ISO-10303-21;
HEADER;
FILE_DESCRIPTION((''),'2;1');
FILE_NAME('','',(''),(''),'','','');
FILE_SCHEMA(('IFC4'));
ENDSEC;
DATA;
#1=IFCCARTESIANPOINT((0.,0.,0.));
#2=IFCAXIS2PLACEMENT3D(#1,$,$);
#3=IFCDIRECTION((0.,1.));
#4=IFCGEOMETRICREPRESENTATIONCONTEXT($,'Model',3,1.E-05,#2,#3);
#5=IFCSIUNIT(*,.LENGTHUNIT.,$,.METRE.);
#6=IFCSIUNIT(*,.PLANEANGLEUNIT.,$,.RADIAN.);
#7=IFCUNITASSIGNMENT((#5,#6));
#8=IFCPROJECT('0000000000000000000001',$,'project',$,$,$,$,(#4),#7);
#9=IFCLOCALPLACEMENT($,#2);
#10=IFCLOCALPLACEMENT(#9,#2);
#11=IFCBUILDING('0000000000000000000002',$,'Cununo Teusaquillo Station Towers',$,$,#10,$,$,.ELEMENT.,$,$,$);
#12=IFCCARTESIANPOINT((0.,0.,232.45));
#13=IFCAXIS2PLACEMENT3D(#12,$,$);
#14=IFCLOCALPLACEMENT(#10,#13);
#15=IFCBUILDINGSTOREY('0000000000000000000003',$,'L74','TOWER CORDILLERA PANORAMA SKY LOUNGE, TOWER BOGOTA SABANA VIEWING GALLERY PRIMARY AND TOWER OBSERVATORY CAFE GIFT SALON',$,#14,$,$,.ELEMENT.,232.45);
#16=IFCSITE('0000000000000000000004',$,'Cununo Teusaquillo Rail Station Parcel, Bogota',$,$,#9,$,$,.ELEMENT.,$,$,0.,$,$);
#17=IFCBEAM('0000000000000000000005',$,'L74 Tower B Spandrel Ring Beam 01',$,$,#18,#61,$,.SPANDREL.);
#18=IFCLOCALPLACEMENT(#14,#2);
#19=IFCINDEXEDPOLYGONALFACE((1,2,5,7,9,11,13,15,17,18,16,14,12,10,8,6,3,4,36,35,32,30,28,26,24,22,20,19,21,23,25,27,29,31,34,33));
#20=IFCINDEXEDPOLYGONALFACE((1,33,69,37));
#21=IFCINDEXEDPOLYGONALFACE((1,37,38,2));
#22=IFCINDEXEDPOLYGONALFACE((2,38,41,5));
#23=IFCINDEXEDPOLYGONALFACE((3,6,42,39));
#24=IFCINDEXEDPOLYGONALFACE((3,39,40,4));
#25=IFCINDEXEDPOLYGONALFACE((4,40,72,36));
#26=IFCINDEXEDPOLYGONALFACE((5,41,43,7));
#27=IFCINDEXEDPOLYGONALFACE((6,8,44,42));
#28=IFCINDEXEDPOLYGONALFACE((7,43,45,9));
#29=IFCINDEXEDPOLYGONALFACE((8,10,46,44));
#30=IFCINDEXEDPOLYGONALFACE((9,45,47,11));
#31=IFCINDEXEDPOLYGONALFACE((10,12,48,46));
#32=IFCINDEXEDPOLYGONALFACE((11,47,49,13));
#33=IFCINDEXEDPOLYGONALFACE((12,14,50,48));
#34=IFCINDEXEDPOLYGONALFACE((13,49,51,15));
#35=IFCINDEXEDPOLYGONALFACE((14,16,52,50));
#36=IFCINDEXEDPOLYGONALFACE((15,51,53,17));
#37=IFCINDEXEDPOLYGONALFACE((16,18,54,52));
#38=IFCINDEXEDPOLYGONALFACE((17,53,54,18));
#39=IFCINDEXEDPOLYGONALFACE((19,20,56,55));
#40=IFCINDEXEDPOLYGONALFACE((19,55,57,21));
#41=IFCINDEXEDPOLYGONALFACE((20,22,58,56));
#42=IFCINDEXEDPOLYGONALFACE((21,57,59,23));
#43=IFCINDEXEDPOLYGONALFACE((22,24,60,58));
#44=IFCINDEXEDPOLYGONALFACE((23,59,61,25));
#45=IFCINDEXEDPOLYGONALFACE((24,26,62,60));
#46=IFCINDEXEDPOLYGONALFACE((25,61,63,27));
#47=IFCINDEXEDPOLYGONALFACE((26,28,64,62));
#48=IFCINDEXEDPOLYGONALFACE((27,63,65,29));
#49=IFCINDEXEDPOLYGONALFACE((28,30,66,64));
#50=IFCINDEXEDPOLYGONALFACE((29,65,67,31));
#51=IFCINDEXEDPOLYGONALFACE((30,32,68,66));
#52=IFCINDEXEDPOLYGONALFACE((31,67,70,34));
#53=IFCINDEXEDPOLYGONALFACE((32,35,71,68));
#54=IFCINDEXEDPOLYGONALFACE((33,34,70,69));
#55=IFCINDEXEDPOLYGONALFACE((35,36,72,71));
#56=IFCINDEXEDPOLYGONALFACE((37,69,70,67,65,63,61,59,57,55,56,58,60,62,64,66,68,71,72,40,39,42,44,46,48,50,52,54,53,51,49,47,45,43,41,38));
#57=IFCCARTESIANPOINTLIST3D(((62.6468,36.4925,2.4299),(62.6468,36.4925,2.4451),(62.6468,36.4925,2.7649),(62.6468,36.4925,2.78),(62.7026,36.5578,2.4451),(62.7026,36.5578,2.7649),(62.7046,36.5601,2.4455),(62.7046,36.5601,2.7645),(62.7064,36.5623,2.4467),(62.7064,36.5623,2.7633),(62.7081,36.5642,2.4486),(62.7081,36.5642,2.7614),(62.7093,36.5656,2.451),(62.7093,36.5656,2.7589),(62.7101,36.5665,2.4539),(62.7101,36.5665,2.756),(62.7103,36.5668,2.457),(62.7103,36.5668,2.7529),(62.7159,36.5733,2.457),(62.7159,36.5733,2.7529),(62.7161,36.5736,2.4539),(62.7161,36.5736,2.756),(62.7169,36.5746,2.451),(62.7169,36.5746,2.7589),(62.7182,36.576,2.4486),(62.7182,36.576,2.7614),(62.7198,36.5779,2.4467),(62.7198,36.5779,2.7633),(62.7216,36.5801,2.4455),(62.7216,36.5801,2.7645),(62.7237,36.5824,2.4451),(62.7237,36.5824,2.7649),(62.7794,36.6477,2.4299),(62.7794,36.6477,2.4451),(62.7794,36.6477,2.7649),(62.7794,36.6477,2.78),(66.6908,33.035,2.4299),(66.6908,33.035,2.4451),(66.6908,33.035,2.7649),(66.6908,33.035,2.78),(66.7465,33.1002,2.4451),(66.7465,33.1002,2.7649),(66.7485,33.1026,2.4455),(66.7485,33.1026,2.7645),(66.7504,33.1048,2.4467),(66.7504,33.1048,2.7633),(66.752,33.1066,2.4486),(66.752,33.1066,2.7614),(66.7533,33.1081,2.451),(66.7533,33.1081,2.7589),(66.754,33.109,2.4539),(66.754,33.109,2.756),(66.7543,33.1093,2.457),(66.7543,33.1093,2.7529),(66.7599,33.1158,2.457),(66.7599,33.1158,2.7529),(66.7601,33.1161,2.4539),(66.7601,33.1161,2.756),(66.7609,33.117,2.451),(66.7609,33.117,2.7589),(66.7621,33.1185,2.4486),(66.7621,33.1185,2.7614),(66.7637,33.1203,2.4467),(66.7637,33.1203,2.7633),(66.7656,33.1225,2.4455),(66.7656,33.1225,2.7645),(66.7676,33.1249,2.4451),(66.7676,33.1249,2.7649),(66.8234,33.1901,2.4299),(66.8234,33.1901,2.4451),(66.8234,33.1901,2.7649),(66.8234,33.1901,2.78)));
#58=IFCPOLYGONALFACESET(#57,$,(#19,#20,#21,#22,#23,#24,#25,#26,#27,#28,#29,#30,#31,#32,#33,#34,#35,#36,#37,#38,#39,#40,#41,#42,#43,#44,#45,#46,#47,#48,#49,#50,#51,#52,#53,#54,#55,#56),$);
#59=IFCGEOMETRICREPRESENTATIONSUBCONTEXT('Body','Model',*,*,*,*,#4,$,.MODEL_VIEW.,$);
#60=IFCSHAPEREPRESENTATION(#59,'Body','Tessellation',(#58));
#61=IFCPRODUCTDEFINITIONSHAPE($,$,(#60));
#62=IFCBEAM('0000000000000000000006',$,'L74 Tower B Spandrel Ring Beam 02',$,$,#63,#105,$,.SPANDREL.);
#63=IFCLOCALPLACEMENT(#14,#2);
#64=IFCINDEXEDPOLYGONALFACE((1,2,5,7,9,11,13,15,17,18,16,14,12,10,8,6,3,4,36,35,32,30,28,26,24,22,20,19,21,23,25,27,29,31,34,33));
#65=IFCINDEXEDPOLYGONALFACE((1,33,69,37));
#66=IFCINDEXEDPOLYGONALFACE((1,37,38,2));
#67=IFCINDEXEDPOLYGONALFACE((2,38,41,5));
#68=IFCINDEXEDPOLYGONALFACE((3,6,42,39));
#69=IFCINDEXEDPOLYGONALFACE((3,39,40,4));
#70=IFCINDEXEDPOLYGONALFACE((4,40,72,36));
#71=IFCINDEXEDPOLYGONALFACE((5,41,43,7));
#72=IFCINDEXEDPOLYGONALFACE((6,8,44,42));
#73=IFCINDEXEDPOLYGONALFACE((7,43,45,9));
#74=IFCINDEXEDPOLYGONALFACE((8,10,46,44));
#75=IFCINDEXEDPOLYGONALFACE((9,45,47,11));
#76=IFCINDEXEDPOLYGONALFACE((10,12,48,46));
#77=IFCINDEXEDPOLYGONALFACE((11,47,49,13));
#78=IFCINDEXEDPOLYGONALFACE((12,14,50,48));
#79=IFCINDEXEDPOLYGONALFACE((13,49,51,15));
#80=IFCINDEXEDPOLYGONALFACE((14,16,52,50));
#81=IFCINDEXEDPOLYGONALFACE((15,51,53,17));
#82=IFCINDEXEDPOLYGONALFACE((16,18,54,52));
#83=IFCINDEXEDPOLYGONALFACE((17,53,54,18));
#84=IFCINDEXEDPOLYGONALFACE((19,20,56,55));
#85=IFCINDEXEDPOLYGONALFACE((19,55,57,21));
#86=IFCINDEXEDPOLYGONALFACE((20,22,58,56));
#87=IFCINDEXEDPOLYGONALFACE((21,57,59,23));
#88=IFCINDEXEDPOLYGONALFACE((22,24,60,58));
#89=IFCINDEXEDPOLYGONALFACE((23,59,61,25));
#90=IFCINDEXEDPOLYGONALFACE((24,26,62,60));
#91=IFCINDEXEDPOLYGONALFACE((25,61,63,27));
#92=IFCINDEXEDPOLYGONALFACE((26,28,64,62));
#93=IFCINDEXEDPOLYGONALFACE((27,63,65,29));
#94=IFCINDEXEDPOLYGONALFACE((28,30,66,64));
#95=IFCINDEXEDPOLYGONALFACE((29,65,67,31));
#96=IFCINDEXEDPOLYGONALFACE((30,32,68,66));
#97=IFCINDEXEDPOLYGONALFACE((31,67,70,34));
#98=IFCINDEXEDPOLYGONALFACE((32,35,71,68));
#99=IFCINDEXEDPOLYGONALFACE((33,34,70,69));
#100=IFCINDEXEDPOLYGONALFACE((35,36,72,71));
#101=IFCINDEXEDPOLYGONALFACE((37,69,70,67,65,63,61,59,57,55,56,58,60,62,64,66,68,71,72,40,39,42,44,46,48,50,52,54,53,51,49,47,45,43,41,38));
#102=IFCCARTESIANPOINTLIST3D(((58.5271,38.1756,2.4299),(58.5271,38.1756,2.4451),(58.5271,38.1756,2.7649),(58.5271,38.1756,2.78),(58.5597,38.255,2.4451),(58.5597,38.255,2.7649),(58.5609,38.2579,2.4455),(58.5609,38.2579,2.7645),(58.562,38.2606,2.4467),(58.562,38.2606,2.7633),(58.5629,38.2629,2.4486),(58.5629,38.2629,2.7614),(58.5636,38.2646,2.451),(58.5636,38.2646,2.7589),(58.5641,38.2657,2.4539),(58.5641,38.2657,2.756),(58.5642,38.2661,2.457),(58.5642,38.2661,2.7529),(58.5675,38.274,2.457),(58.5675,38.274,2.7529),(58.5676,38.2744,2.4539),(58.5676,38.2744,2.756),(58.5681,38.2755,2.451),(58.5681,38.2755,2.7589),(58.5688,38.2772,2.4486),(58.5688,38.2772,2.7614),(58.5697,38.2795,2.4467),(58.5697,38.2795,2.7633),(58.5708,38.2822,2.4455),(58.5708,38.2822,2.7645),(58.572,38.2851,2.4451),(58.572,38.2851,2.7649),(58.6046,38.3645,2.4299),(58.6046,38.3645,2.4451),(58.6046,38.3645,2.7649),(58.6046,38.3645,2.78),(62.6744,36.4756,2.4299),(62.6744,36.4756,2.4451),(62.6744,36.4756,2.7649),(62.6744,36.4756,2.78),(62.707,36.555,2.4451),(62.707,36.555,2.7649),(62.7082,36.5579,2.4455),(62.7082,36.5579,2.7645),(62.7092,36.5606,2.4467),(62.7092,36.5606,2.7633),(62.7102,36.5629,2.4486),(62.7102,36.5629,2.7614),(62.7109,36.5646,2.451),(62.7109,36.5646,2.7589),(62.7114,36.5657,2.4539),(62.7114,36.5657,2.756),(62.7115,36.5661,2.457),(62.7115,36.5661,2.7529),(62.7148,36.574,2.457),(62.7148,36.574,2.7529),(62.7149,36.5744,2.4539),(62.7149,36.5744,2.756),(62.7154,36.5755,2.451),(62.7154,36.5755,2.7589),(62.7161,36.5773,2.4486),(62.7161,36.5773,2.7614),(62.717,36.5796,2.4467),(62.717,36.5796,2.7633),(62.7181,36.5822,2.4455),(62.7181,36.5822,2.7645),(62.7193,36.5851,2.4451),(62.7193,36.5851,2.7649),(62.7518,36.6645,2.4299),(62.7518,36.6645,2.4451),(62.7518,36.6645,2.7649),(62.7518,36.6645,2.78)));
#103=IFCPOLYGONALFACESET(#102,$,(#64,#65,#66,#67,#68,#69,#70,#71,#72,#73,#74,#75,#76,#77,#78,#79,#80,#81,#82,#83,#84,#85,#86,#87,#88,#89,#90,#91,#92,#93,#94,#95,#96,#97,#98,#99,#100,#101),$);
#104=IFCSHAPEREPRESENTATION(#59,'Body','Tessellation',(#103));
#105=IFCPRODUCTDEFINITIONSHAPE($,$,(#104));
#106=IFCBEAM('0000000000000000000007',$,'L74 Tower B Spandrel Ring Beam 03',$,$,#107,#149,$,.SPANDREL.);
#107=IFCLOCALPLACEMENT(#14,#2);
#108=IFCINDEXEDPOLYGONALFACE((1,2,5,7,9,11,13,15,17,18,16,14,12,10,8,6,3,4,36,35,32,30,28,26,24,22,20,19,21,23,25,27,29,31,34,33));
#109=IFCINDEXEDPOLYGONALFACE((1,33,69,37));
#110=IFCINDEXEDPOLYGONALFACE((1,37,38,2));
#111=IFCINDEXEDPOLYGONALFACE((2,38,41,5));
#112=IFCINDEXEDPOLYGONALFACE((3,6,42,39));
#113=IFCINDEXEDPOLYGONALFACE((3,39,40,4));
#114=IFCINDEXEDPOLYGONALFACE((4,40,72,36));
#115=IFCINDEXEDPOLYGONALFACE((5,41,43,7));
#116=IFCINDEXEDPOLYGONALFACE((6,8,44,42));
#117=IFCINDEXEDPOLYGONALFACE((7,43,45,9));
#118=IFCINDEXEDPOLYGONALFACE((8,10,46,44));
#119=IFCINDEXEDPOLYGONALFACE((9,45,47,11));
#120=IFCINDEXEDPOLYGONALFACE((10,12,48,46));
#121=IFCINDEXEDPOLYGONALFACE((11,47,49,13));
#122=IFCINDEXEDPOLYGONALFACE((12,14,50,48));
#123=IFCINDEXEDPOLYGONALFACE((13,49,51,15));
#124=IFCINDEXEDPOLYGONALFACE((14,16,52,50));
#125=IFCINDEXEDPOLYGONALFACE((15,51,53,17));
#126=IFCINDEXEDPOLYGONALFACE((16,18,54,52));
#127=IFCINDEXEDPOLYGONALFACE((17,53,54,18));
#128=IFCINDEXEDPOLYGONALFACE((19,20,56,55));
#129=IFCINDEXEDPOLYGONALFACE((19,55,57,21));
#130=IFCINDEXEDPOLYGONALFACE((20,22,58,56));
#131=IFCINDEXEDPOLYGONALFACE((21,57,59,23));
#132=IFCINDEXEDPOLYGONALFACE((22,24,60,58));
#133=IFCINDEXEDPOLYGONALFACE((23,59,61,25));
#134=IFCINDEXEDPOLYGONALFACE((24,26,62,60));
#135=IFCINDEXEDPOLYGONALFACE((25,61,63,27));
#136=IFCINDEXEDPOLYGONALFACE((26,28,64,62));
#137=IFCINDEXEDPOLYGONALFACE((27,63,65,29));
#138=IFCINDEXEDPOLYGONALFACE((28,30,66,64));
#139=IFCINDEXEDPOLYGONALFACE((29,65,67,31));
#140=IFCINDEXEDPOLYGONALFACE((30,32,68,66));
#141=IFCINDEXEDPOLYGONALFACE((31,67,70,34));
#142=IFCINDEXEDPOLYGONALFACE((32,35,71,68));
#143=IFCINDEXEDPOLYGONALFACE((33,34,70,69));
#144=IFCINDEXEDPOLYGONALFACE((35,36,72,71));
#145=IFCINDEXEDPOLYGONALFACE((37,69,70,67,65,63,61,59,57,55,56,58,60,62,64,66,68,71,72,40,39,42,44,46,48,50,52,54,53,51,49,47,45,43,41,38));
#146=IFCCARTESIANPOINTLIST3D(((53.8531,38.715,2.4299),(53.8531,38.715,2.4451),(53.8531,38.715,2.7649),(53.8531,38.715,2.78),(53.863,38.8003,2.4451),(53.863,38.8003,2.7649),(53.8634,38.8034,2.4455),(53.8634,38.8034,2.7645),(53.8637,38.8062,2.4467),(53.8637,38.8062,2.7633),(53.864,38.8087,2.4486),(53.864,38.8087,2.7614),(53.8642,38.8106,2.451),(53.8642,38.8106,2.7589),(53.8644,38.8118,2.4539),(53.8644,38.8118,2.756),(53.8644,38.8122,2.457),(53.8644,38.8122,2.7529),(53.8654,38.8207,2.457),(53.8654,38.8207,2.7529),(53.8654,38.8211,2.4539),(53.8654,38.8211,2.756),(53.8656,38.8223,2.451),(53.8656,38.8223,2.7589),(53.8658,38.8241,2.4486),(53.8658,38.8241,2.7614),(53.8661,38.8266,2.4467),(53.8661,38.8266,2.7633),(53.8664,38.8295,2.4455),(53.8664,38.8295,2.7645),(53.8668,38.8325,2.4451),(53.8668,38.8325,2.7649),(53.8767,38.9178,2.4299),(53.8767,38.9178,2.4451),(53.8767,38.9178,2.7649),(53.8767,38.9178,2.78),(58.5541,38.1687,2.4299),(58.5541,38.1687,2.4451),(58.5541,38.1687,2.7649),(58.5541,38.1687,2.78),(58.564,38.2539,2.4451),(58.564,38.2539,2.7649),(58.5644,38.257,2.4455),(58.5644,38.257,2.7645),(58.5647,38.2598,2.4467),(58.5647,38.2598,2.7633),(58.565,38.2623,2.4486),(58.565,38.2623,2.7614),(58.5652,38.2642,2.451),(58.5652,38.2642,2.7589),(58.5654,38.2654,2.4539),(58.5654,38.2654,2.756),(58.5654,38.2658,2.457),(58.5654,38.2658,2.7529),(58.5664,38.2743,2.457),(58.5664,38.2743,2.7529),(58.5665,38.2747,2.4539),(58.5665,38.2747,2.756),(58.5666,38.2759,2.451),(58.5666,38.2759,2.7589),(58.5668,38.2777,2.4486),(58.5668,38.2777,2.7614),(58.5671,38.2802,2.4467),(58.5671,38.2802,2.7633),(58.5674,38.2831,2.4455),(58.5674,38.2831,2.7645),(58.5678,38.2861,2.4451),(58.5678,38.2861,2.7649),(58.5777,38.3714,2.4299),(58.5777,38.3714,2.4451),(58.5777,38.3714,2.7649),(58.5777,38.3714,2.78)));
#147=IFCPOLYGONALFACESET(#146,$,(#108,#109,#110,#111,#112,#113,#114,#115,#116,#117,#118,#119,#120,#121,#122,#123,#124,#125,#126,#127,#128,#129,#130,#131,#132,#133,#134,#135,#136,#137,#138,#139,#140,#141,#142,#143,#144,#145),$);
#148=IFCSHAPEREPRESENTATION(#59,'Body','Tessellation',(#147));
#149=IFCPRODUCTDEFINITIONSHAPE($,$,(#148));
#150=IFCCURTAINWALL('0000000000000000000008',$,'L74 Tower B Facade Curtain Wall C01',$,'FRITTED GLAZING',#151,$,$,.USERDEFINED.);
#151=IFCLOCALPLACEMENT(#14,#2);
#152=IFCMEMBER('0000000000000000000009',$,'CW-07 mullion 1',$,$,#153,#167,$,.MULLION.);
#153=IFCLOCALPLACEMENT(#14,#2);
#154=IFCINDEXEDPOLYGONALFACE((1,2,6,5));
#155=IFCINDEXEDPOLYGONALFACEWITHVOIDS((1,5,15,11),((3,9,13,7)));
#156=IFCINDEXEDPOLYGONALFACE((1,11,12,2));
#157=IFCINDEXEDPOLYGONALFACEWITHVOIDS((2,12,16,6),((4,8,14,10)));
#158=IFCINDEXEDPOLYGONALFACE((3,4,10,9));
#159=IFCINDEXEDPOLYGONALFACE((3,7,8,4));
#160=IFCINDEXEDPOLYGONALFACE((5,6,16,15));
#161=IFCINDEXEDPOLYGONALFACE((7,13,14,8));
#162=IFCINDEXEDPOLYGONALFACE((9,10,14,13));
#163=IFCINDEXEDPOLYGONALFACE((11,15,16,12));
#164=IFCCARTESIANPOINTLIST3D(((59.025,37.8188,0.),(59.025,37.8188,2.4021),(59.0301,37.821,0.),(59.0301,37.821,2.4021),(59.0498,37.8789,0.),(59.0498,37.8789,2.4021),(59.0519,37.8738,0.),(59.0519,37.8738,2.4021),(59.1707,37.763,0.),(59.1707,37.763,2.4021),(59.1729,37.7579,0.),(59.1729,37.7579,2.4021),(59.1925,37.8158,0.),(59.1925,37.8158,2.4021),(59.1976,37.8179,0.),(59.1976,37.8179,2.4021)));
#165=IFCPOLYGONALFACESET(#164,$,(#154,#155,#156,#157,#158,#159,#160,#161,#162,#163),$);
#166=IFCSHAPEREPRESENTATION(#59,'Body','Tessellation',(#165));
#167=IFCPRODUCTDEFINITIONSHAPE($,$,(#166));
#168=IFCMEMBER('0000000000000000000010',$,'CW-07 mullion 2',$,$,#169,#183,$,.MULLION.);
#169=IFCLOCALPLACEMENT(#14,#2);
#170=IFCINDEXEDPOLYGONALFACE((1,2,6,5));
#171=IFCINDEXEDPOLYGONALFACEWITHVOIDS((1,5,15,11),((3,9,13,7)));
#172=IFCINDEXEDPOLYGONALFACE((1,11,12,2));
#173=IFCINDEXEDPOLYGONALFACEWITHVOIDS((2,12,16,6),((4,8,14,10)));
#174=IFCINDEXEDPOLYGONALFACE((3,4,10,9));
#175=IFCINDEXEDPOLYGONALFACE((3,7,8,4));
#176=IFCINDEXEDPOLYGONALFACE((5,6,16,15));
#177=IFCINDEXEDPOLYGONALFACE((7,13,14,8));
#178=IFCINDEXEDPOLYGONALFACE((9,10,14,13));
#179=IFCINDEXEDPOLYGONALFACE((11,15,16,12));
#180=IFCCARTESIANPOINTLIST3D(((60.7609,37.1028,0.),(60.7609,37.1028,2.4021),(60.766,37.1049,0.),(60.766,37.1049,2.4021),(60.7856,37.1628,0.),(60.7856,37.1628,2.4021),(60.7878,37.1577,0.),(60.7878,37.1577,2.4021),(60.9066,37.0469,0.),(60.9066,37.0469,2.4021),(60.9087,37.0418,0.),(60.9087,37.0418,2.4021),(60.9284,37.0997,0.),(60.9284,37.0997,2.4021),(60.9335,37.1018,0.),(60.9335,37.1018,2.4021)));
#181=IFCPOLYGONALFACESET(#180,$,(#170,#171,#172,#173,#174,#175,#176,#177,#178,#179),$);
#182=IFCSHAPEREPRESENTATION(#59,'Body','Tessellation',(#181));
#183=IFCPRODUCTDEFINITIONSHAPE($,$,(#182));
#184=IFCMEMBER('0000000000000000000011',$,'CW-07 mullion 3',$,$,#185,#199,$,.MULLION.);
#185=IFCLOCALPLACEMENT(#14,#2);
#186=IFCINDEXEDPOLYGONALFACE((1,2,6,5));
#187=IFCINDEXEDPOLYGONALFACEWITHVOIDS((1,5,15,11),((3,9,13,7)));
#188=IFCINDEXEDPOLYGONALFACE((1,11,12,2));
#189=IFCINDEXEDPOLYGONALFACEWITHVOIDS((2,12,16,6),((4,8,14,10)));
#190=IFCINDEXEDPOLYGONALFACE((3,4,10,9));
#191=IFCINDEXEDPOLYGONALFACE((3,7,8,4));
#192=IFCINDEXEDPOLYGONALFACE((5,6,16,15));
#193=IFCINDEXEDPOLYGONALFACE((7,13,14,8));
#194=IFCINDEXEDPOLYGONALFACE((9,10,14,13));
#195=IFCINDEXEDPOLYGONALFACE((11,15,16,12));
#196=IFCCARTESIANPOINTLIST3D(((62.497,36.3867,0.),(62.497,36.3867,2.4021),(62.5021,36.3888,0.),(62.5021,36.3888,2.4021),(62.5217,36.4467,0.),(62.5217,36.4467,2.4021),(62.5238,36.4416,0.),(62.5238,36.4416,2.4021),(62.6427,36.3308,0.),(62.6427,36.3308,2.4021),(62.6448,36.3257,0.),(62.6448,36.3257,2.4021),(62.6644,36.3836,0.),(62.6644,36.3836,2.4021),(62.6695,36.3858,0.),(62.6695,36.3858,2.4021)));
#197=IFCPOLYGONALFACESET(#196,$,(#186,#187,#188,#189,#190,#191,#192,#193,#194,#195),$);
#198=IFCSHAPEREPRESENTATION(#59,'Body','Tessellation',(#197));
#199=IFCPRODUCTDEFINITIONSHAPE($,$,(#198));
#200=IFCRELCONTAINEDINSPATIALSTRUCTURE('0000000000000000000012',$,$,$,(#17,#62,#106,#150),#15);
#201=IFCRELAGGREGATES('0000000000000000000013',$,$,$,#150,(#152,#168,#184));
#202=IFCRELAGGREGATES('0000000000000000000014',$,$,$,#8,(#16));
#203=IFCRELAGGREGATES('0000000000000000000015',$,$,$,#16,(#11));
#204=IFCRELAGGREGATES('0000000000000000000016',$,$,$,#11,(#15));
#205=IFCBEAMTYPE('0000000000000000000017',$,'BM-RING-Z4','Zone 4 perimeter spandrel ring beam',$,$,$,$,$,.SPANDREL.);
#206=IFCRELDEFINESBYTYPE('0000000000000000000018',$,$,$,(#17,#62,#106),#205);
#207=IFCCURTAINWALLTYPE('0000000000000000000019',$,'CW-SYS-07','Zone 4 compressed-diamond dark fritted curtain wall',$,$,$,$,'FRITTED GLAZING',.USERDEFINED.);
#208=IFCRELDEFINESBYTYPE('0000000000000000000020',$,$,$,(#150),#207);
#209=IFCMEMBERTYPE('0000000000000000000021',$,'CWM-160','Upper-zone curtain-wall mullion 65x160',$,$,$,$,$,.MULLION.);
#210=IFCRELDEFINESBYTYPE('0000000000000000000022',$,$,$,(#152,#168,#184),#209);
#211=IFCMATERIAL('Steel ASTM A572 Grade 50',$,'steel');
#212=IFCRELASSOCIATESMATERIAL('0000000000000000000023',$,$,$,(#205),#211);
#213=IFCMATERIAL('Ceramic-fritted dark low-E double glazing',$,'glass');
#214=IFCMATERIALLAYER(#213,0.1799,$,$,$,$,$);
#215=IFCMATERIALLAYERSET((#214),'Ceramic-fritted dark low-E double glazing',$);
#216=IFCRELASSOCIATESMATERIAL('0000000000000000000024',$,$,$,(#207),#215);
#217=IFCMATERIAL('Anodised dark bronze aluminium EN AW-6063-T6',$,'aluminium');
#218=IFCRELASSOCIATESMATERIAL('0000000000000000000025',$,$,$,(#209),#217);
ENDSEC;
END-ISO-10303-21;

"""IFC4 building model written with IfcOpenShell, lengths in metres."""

from ifc_helpers import new_model, si_unit, direction, frame, origin, origin_2d, place, context, subcontext, project, spatial, hollow_rectangle, i_section, extrude, material, layer, layer_set, material_profile, profile_set, type_object, element, aggregate, save


model = new_model("IFC4")

# Units and contexts
model_context = context("Model", 3, precision=1e-05, world=origin(), true_north=direction((0.0, 1.0)))
body_context = subcontext(model_context, "Body", "Model", "MODEL_VIEW")
ifc_project = project(units=[si_unit("LENGTHUNIT", "METRE"), si_unit("PLANEANGLEUNIT", "RADIAN")], contexts=[model_context])

# Site, building, storey
site_placement = place(None, origin())
site = spatial("IfcSite", under=ifc_project, at=site_placement, Name="Cununo Teusaquillo Rail Station Parcel, Bogota", CompositionType="ELEMENT", RefElevation=0.0)
building_placement = place(site_placement, origin())
building = spatial("IfcBuilding", under=site, at=building_placement, Name="Cununo Teusaquillo Station Towers", CompositionType="ELEMENT")
storey_placement = place(building_placement, frame((0.0, 0.0, 232.45)))
storey = spatial("IfcBuildingStorey", under=building, at=storey_placement, Name="L74", Description="TOWER CORDILLERA PANORAMA SKY LOUNGE, TOWER BOGOTA SABANA VIEWING GALLERY PRIMARY AND TOWER OBSERVATORY CAFE GIFT SALON", CompositionType="ELEMENT", Elevation=232.45)

# Beams
ifc_material_1 = material(Name="Steel ASTM A572 Grade 50", Category="steel")
ifc_material_profile_1 = material_profile(ifc_material_1, i_section(OverallWidth=0.2041, OverallDepth=0.3501, WebThickness=0.0085, FlangeThickness=0.0151, FilletRadius=0.012, at=origin_2d()), Name="W14X48")
ifc_profile_set_1 = profile_set([ifc_material_profile_1], Name="Steel ASTM A572 Grade 50")
beam_type_1 = type_object("IfcBeamType", Name="BM-RING-Z4", Description="Zone 4 perimeter spandrel ring beam", PredefinedType="SPANDREL", material=ifc_profile_set_1)
beam_1_placement = place(storey_placement, frame((66.7571, 33.1125, 2.605), z_axis=(-0.760066, 0.649846, 0.0), x_axis=(-0.649846, -0.760066, 0.0)))
element("IfcBeam", 1, at=beam_1_placement, inside=storey, type_object=beam_type_1, Name="L74 Tower B Spandrel Ring Beam 01", PredefinedType="SPANDREL", context=body_context, shape_type="SweptSolid", body=[
    extrude(i_section(OverallWidth=0.2041, OverallDepth=0.3501, WebThickness=0.0085, FlangeThickness=0.0151, FilletRadius=0.012, at=origin_2d()), origin(), (0.0, 0.0, 1.0), 5.3206),
])
beam_2_placement = place(storey_placement, frame((62.7131, 36.5701, 2.605), z_axis=(-0.925284, 0.379275, 0.0), x_axis=(-0.379275, -0.925284, 0.0)))
element("IfcBeam", 2, at=beam_2_placement, inside=storey, type_object=beam_type_1, Name="L74 Tower B Spandrel Ring Beam 02", PredefinedType="SPANDREL", context=body_context, shape_type="SweptSolid", body=[
    extrude(i_section(OverallWidth=0.2041, OverallDepth=0.3501, WebThickness=0.0085, FlangeThickness=0.0151, FilletRadius=0.012, at=origin_2d()), origin(), (0.0, 0.0, 1.0), 4.4822),
])
beam_3_placement = place(storey_placement, frame((58.5659, 38.27, 2.605), z_axis=(-0.993313, 0.115452, 0.0), x_axis=(-0.115452, -0.993313, 0.0)))
element("IfcBeam", 3, at=beam_3_placement, inside=storey, type_object=beam_type_1, Name="L74 Tower B Spandrel Ring Beam 03", PredefinedType="SPANDREL", context=body_context, shape_type="SweptSolid", body=[
    extrude(i_section(OverallWidth=0.2041, OverallDepth=0.3501, WebThickness=0.0085, FlangeThickness=0.0151, FilletRadius=0.012, at=origin_2d()), origin(), (0.0, 0.0, 1.0), 4.7327),
])

# Curtain wall, members
ifc_material_2 = material(Name="Ceramic-fritted dark low-E double glazing", Category="glass")
ifc_layer_1 = layer(ifc_material_2, 0.1799)
ifc_layer_set_1 = layer_set([ifc_layer_1], Name="Ceramic-fritted dark low-E double glazing")
curtain_wall_type = type_object("IfcCurtainWallType", Name="CW-SYS-07", Description="Zone 4 compressed-diamond dark fritted curtain wall", ElementType="FRITTED GLAZING", PredefinedType="USERDEFINED", material=ifc_layer_set_1)
curtain_wall_placement = place(storey_placement, origin())
curtain_wall = element("IfcCurtainWall", 4, at=curtain_wall_placement, inside=storey, type_object=curtain_wall_type, Name="L74 Tower B Facade Curtain Wall C01", ObjectType="FRITTED GLAZING", PredefinedType="USERDEFINED")
ifc_material_3 = material(Name="Anodised dark bronze aluminium EN AW-6063-T6", Category="aluminium")
ifc_material_profile_2 = material_profile(ifc_material_3, hollow_rectangle(XDim=0.0649, YDim=0.1599, WallThickness=0.0039, at=origin_2d()), Name="CW-MULL-65x160")
ifc_profile_set_2 = profile_set([ifc_material_profile_2], Name="Anodised dark bronze aluminium EN AW-6063-T6")
member_type_1 = type_object("IfcMemberType", Name="CWM-160", Description="Upper-zone curtain-wall mullion 65x160", PredefinedType="MULLION", material=ifc_profile_set_2)
member_1_placement = place(storey_placement, frame((59.1113, 37.8184, 0.0), z_axis=(0.0, 0.0, 1.0), x_axis=(0.381311, 0.924447, 0.0)))
member_1 = element("IfcMember", 5, at=member_1_placement, type_object=member_type_1, Name="CW-07 mullion 1", PredefinedType="MULLION", context=body_context, shape_type="SweptSolid", body=[
    extrude(hollow_rectangle(XDim=0.0649, YDim=0.1599, WallThickness=0.0039, at=origin_2d()), origin(), (0.0, 0.0, 1.0), 2.4021),
])
member_2_placement = place(storey_placement, frame((60.8472, 37.1023, 0.0), z_axis=(0.0, 0.0, 1.0), x_axis=(0.381311, 0.924447, 0.0)))
member_2 = element("IfcMember", 6, at=member_2_placement, type_object=member_type_1, Name="CW-07 mullion 2", PredefinedType="MULLION", context=body_context, shape_type="SweptSolid", body=[
    extrude(hollow_rectangle(XDim=0.0649, YDim=0.1599, WallThickness=0.0039, at=origin_2d()), origin(), (0.0, 0.0, 1.0), 2.4021),
])
member_3_placement = place(storey_placement, frame((62.5833, 36.3862, 0.0), z_axis=(0.0, 0.0, 1.0), x_axis=(0.381311, 0.924447, 0.0)))
member_3 = element("IfcMember", 7, at=member_3_placement, type_object=member_type_1, Name="CW-07 mullion 3", PredefinedType="MULLION", context=body_context, shape_type="SweptSolid", body=[
    extrude(hollow_rectangle(XDim=0.0649, YDim=0.1599, WallThickness=0.0039, at=origin_2d()), origin(), (0.0, 0.0, 1.0), 2.4021),
])

aggregate(curtain_wall, [member_1, member_2, member_3])

save(model, "model.ifc")
